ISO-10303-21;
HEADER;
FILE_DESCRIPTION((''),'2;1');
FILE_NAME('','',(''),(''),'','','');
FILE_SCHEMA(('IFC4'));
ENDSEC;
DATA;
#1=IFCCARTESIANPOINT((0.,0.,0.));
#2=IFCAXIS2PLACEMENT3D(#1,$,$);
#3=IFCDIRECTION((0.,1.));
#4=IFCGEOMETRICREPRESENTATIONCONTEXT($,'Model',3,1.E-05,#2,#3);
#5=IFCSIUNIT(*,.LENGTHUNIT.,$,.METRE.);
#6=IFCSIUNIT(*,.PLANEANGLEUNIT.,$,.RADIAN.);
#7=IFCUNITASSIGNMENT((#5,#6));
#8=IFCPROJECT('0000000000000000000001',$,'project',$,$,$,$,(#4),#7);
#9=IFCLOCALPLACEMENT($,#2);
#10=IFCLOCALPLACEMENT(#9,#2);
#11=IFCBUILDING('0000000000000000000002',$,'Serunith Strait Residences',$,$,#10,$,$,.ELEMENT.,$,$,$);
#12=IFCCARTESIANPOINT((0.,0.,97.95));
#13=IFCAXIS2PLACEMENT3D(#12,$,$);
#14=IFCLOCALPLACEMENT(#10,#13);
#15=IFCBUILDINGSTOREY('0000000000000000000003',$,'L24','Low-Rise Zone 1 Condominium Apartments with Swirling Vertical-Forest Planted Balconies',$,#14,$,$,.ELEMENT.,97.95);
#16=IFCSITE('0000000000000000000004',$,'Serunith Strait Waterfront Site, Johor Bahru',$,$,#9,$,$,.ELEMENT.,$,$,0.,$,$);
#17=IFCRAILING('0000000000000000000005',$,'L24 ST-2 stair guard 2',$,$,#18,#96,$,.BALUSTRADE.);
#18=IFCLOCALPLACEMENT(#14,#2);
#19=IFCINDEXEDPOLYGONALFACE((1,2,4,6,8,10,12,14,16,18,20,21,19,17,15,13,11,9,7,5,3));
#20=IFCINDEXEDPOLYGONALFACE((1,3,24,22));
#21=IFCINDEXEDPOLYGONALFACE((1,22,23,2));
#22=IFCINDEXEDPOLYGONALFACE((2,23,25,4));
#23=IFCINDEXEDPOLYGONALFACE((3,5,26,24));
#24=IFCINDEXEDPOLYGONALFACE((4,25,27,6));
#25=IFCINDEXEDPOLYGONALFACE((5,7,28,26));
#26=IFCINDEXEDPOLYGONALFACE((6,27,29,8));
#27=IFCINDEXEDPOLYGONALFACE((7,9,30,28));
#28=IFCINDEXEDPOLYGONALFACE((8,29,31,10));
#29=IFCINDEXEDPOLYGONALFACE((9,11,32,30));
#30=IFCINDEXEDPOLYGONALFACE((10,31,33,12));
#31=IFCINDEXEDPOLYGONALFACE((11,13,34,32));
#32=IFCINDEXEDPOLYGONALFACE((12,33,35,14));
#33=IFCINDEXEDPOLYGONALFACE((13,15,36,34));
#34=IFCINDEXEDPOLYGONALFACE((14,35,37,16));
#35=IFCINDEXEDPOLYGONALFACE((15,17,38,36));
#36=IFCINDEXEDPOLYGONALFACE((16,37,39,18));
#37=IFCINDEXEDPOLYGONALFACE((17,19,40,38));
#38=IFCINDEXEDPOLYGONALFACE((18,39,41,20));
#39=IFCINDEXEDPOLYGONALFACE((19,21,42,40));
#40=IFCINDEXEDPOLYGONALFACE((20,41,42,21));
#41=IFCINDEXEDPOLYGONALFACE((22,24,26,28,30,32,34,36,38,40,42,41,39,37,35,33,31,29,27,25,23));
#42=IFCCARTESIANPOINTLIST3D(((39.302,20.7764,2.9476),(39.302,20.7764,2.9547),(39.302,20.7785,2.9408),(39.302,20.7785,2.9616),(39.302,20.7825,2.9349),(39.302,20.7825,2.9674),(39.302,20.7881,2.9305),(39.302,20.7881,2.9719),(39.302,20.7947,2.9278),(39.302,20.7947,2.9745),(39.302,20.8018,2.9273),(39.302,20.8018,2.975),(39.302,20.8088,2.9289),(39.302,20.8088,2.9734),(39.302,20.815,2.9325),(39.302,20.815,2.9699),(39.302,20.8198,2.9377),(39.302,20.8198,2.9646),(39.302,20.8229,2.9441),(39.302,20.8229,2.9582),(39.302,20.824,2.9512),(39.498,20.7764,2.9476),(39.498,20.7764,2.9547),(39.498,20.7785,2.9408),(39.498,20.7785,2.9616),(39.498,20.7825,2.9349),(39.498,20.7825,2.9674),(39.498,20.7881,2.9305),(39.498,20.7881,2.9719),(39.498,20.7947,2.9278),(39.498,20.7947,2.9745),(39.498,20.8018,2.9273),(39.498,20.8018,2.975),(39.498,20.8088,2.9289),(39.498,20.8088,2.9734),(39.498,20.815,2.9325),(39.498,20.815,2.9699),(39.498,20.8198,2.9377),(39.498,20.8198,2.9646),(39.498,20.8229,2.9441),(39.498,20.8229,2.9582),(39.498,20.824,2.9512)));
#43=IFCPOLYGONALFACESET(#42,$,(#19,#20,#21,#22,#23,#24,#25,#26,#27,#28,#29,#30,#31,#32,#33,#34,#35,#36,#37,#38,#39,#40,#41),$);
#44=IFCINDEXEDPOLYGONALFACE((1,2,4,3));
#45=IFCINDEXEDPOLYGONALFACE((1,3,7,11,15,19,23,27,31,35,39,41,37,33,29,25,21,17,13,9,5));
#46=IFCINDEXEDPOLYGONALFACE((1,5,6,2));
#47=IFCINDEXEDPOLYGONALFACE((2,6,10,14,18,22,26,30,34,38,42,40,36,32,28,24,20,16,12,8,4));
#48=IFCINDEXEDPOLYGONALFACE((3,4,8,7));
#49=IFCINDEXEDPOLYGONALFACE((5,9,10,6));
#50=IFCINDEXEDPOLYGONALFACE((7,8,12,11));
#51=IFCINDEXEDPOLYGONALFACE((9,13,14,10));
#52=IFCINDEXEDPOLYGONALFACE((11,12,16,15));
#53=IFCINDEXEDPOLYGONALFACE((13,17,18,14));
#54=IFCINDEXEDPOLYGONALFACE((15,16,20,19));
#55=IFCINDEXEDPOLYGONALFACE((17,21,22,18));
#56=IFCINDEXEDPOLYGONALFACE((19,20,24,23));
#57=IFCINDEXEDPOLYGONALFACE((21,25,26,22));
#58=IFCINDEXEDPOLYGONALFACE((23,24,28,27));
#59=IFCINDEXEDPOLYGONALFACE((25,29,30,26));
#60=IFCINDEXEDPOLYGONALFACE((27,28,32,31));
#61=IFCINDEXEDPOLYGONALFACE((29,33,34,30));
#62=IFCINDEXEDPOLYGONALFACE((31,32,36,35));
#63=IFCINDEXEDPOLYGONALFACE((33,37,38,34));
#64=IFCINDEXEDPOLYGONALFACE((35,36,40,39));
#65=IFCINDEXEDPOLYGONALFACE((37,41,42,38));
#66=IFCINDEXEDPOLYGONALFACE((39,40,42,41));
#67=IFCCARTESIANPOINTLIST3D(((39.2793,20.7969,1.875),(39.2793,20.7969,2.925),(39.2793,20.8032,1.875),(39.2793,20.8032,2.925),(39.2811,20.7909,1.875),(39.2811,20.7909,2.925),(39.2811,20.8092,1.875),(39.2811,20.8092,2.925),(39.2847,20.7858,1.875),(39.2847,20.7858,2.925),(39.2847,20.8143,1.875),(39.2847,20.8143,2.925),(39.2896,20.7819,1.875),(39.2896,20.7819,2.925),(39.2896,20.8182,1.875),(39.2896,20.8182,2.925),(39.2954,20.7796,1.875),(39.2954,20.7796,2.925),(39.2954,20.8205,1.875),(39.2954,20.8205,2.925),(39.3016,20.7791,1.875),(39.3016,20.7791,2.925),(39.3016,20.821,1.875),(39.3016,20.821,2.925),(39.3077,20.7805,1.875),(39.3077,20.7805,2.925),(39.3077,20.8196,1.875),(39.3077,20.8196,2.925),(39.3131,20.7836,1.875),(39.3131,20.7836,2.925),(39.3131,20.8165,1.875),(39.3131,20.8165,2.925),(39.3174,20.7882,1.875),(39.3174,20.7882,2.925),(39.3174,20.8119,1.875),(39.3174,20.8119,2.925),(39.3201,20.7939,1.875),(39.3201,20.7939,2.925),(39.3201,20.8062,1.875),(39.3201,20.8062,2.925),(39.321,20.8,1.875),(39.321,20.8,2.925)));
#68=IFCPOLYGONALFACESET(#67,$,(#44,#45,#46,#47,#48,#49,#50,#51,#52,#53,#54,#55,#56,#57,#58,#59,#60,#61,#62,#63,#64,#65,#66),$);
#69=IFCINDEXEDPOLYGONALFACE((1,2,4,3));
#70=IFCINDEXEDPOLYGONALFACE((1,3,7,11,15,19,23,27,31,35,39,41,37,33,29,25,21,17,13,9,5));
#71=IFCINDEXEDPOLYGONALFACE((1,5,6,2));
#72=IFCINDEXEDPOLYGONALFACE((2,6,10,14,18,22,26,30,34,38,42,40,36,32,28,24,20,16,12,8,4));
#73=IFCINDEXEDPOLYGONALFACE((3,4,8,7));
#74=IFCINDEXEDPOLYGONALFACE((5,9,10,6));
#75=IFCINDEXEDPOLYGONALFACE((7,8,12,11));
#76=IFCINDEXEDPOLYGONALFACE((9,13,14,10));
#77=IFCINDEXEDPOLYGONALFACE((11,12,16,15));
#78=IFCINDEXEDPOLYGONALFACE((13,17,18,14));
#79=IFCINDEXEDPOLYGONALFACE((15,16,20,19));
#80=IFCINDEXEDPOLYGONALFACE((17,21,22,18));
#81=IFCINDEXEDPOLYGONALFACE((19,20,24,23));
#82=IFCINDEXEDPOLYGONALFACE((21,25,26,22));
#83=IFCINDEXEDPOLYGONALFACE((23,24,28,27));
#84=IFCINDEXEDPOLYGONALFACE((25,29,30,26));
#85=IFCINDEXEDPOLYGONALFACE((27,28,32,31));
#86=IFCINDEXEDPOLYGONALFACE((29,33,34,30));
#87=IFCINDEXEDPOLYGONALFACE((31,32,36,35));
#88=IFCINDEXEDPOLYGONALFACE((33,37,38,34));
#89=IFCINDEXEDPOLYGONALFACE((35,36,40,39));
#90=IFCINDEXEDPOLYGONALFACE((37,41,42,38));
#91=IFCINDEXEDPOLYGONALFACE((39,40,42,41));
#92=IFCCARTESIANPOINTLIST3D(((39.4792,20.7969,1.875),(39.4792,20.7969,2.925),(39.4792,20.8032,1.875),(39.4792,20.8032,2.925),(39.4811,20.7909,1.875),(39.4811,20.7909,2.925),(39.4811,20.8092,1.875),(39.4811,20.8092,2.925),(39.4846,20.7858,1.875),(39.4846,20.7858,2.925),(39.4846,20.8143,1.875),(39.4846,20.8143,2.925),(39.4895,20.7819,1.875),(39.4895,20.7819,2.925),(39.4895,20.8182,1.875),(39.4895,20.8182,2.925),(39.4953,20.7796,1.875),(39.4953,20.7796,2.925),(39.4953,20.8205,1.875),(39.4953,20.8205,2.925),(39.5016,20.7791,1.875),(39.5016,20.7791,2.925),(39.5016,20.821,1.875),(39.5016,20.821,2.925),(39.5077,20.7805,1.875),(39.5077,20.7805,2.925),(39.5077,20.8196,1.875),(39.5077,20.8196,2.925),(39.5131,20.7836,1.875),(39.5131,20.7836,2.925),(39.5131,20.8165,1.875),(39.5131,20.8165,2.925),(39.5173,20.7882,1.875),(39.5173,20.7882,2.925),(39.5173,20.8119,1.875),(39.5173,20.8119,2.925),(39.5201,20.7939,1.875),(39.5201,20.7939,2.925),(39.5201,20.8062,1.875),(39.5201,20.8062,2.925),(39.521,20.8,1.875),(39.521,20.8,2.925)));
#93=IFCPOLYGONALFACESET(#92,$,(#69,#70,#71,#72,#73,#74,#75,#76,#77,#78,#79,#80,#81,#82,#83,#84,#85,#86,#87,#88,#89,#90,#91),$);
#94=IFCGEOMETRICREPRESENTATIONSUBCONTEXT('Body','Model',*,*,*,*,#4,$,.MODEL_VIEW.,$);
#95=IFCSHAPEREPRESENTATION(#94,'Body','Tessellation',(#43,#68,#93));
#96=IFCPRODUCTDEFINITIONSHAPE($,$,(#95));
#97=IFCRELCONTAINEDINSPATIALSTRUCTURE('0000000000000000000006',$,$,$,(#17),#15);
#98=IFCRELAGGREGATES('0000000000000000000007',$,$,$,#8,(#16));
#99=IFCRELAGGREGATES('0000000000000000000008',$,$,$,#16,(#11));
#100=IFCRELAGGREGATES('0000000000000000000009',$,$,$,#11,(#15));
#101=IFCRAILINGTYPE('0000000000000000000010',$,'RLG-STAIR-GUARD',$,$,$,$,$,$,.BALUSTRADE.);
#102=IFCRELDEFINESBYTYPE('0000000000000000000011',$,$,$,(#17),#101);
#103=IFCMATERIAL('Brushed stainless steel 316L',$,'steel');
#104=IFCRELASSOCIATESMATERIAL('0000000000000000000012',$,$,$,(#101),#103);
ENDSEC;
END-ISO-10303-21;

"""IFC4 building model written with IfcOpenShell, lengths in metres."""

from ifc_helpers import new_model, si_unit, direction, frame, origin, origin_2d, place, context, subcontext, project, spatial, circle, extrude, material, type_object, element, save


model = new_model("IFC4")

# Units and contexts
model_context = context("Model", 3, precision=1e-05, world=origin(), true_north=direction((0.0, 1.0)))
body_context = subcontext(model_context, "Body", "Model", "MODEL_VIEW")
ifc_project = project(units=[si_unit("LENGTHUNIT", "METRE"), si_unit("PLANEANGLEUNIT", "RADIAN")], contexts=[model_context])

# Site, building, storey
site_placement = place(None, origin())
site = spatial("IfcSite", under=ifc_project, at=site_placement, Name="Serunith Strait Waterfront Site, Johor Bahru", CompositionType="ELEMENT", RefElevation=0.0)
building_placement = place(site_placement, origin())
building = spatial("IfcBuilding", under=site, at=building_placement, Name="Serunith Strait Residences", CompositionType="ELEMENT")
storey_placement = place(building_placement, frame((0.0, 0.0, 97.95)))
storey = spatial("IfcBuildingStorey", under=building, at=storey_placement, Name="L24", Description="Low-Rise Zone 1 Condominium Apartments with Swirling Vertical-Forest Planted Balconies", CompositionType="ELEMENT", Elevation=97.95)

# Railing
ifc_material_1 = material(Name="Brushed stainless steel 316L", Category="steel")
railing_type_1 = type_object("IfcRailingType", Name="RLG-STAIR-GUARD", PredefinedType="BALUSTRADE", material=ifc_material_1)
railing_1_placement = place(storey_placement, frame((39.3, 20.8, 1.875)))
element("IfcRailing", 1, at=railing_1_placement, inside=storey, type_object=railing_type_1, Name="L24 ST-2 stair guard 2", PredefinedType="BALUSTRADE", context=body_context, shape_type="SweptSolid", body=[
    extrude(circle(Radius=0.0239, at=origin_2d()), frame((0.002, 0.0, 1.0762), z_axis=(1.0, 0.0, 0.0), x_axis=(0.0, 1.0, 0.0)), (0.0, 0.0, 1.0), 0.196),
    extrude(circle(Radius=0.021, at=origin_2d()), origin(), (0.0, 0.0, 1.0), 1.05),
    extrude(circle(Radius=0.021, at=origin_2d()), frame((0.2, 0.0, 0.0)), (0.0, 0.0, 1.0), 1.05),
])

save(model, "model.ifc")
